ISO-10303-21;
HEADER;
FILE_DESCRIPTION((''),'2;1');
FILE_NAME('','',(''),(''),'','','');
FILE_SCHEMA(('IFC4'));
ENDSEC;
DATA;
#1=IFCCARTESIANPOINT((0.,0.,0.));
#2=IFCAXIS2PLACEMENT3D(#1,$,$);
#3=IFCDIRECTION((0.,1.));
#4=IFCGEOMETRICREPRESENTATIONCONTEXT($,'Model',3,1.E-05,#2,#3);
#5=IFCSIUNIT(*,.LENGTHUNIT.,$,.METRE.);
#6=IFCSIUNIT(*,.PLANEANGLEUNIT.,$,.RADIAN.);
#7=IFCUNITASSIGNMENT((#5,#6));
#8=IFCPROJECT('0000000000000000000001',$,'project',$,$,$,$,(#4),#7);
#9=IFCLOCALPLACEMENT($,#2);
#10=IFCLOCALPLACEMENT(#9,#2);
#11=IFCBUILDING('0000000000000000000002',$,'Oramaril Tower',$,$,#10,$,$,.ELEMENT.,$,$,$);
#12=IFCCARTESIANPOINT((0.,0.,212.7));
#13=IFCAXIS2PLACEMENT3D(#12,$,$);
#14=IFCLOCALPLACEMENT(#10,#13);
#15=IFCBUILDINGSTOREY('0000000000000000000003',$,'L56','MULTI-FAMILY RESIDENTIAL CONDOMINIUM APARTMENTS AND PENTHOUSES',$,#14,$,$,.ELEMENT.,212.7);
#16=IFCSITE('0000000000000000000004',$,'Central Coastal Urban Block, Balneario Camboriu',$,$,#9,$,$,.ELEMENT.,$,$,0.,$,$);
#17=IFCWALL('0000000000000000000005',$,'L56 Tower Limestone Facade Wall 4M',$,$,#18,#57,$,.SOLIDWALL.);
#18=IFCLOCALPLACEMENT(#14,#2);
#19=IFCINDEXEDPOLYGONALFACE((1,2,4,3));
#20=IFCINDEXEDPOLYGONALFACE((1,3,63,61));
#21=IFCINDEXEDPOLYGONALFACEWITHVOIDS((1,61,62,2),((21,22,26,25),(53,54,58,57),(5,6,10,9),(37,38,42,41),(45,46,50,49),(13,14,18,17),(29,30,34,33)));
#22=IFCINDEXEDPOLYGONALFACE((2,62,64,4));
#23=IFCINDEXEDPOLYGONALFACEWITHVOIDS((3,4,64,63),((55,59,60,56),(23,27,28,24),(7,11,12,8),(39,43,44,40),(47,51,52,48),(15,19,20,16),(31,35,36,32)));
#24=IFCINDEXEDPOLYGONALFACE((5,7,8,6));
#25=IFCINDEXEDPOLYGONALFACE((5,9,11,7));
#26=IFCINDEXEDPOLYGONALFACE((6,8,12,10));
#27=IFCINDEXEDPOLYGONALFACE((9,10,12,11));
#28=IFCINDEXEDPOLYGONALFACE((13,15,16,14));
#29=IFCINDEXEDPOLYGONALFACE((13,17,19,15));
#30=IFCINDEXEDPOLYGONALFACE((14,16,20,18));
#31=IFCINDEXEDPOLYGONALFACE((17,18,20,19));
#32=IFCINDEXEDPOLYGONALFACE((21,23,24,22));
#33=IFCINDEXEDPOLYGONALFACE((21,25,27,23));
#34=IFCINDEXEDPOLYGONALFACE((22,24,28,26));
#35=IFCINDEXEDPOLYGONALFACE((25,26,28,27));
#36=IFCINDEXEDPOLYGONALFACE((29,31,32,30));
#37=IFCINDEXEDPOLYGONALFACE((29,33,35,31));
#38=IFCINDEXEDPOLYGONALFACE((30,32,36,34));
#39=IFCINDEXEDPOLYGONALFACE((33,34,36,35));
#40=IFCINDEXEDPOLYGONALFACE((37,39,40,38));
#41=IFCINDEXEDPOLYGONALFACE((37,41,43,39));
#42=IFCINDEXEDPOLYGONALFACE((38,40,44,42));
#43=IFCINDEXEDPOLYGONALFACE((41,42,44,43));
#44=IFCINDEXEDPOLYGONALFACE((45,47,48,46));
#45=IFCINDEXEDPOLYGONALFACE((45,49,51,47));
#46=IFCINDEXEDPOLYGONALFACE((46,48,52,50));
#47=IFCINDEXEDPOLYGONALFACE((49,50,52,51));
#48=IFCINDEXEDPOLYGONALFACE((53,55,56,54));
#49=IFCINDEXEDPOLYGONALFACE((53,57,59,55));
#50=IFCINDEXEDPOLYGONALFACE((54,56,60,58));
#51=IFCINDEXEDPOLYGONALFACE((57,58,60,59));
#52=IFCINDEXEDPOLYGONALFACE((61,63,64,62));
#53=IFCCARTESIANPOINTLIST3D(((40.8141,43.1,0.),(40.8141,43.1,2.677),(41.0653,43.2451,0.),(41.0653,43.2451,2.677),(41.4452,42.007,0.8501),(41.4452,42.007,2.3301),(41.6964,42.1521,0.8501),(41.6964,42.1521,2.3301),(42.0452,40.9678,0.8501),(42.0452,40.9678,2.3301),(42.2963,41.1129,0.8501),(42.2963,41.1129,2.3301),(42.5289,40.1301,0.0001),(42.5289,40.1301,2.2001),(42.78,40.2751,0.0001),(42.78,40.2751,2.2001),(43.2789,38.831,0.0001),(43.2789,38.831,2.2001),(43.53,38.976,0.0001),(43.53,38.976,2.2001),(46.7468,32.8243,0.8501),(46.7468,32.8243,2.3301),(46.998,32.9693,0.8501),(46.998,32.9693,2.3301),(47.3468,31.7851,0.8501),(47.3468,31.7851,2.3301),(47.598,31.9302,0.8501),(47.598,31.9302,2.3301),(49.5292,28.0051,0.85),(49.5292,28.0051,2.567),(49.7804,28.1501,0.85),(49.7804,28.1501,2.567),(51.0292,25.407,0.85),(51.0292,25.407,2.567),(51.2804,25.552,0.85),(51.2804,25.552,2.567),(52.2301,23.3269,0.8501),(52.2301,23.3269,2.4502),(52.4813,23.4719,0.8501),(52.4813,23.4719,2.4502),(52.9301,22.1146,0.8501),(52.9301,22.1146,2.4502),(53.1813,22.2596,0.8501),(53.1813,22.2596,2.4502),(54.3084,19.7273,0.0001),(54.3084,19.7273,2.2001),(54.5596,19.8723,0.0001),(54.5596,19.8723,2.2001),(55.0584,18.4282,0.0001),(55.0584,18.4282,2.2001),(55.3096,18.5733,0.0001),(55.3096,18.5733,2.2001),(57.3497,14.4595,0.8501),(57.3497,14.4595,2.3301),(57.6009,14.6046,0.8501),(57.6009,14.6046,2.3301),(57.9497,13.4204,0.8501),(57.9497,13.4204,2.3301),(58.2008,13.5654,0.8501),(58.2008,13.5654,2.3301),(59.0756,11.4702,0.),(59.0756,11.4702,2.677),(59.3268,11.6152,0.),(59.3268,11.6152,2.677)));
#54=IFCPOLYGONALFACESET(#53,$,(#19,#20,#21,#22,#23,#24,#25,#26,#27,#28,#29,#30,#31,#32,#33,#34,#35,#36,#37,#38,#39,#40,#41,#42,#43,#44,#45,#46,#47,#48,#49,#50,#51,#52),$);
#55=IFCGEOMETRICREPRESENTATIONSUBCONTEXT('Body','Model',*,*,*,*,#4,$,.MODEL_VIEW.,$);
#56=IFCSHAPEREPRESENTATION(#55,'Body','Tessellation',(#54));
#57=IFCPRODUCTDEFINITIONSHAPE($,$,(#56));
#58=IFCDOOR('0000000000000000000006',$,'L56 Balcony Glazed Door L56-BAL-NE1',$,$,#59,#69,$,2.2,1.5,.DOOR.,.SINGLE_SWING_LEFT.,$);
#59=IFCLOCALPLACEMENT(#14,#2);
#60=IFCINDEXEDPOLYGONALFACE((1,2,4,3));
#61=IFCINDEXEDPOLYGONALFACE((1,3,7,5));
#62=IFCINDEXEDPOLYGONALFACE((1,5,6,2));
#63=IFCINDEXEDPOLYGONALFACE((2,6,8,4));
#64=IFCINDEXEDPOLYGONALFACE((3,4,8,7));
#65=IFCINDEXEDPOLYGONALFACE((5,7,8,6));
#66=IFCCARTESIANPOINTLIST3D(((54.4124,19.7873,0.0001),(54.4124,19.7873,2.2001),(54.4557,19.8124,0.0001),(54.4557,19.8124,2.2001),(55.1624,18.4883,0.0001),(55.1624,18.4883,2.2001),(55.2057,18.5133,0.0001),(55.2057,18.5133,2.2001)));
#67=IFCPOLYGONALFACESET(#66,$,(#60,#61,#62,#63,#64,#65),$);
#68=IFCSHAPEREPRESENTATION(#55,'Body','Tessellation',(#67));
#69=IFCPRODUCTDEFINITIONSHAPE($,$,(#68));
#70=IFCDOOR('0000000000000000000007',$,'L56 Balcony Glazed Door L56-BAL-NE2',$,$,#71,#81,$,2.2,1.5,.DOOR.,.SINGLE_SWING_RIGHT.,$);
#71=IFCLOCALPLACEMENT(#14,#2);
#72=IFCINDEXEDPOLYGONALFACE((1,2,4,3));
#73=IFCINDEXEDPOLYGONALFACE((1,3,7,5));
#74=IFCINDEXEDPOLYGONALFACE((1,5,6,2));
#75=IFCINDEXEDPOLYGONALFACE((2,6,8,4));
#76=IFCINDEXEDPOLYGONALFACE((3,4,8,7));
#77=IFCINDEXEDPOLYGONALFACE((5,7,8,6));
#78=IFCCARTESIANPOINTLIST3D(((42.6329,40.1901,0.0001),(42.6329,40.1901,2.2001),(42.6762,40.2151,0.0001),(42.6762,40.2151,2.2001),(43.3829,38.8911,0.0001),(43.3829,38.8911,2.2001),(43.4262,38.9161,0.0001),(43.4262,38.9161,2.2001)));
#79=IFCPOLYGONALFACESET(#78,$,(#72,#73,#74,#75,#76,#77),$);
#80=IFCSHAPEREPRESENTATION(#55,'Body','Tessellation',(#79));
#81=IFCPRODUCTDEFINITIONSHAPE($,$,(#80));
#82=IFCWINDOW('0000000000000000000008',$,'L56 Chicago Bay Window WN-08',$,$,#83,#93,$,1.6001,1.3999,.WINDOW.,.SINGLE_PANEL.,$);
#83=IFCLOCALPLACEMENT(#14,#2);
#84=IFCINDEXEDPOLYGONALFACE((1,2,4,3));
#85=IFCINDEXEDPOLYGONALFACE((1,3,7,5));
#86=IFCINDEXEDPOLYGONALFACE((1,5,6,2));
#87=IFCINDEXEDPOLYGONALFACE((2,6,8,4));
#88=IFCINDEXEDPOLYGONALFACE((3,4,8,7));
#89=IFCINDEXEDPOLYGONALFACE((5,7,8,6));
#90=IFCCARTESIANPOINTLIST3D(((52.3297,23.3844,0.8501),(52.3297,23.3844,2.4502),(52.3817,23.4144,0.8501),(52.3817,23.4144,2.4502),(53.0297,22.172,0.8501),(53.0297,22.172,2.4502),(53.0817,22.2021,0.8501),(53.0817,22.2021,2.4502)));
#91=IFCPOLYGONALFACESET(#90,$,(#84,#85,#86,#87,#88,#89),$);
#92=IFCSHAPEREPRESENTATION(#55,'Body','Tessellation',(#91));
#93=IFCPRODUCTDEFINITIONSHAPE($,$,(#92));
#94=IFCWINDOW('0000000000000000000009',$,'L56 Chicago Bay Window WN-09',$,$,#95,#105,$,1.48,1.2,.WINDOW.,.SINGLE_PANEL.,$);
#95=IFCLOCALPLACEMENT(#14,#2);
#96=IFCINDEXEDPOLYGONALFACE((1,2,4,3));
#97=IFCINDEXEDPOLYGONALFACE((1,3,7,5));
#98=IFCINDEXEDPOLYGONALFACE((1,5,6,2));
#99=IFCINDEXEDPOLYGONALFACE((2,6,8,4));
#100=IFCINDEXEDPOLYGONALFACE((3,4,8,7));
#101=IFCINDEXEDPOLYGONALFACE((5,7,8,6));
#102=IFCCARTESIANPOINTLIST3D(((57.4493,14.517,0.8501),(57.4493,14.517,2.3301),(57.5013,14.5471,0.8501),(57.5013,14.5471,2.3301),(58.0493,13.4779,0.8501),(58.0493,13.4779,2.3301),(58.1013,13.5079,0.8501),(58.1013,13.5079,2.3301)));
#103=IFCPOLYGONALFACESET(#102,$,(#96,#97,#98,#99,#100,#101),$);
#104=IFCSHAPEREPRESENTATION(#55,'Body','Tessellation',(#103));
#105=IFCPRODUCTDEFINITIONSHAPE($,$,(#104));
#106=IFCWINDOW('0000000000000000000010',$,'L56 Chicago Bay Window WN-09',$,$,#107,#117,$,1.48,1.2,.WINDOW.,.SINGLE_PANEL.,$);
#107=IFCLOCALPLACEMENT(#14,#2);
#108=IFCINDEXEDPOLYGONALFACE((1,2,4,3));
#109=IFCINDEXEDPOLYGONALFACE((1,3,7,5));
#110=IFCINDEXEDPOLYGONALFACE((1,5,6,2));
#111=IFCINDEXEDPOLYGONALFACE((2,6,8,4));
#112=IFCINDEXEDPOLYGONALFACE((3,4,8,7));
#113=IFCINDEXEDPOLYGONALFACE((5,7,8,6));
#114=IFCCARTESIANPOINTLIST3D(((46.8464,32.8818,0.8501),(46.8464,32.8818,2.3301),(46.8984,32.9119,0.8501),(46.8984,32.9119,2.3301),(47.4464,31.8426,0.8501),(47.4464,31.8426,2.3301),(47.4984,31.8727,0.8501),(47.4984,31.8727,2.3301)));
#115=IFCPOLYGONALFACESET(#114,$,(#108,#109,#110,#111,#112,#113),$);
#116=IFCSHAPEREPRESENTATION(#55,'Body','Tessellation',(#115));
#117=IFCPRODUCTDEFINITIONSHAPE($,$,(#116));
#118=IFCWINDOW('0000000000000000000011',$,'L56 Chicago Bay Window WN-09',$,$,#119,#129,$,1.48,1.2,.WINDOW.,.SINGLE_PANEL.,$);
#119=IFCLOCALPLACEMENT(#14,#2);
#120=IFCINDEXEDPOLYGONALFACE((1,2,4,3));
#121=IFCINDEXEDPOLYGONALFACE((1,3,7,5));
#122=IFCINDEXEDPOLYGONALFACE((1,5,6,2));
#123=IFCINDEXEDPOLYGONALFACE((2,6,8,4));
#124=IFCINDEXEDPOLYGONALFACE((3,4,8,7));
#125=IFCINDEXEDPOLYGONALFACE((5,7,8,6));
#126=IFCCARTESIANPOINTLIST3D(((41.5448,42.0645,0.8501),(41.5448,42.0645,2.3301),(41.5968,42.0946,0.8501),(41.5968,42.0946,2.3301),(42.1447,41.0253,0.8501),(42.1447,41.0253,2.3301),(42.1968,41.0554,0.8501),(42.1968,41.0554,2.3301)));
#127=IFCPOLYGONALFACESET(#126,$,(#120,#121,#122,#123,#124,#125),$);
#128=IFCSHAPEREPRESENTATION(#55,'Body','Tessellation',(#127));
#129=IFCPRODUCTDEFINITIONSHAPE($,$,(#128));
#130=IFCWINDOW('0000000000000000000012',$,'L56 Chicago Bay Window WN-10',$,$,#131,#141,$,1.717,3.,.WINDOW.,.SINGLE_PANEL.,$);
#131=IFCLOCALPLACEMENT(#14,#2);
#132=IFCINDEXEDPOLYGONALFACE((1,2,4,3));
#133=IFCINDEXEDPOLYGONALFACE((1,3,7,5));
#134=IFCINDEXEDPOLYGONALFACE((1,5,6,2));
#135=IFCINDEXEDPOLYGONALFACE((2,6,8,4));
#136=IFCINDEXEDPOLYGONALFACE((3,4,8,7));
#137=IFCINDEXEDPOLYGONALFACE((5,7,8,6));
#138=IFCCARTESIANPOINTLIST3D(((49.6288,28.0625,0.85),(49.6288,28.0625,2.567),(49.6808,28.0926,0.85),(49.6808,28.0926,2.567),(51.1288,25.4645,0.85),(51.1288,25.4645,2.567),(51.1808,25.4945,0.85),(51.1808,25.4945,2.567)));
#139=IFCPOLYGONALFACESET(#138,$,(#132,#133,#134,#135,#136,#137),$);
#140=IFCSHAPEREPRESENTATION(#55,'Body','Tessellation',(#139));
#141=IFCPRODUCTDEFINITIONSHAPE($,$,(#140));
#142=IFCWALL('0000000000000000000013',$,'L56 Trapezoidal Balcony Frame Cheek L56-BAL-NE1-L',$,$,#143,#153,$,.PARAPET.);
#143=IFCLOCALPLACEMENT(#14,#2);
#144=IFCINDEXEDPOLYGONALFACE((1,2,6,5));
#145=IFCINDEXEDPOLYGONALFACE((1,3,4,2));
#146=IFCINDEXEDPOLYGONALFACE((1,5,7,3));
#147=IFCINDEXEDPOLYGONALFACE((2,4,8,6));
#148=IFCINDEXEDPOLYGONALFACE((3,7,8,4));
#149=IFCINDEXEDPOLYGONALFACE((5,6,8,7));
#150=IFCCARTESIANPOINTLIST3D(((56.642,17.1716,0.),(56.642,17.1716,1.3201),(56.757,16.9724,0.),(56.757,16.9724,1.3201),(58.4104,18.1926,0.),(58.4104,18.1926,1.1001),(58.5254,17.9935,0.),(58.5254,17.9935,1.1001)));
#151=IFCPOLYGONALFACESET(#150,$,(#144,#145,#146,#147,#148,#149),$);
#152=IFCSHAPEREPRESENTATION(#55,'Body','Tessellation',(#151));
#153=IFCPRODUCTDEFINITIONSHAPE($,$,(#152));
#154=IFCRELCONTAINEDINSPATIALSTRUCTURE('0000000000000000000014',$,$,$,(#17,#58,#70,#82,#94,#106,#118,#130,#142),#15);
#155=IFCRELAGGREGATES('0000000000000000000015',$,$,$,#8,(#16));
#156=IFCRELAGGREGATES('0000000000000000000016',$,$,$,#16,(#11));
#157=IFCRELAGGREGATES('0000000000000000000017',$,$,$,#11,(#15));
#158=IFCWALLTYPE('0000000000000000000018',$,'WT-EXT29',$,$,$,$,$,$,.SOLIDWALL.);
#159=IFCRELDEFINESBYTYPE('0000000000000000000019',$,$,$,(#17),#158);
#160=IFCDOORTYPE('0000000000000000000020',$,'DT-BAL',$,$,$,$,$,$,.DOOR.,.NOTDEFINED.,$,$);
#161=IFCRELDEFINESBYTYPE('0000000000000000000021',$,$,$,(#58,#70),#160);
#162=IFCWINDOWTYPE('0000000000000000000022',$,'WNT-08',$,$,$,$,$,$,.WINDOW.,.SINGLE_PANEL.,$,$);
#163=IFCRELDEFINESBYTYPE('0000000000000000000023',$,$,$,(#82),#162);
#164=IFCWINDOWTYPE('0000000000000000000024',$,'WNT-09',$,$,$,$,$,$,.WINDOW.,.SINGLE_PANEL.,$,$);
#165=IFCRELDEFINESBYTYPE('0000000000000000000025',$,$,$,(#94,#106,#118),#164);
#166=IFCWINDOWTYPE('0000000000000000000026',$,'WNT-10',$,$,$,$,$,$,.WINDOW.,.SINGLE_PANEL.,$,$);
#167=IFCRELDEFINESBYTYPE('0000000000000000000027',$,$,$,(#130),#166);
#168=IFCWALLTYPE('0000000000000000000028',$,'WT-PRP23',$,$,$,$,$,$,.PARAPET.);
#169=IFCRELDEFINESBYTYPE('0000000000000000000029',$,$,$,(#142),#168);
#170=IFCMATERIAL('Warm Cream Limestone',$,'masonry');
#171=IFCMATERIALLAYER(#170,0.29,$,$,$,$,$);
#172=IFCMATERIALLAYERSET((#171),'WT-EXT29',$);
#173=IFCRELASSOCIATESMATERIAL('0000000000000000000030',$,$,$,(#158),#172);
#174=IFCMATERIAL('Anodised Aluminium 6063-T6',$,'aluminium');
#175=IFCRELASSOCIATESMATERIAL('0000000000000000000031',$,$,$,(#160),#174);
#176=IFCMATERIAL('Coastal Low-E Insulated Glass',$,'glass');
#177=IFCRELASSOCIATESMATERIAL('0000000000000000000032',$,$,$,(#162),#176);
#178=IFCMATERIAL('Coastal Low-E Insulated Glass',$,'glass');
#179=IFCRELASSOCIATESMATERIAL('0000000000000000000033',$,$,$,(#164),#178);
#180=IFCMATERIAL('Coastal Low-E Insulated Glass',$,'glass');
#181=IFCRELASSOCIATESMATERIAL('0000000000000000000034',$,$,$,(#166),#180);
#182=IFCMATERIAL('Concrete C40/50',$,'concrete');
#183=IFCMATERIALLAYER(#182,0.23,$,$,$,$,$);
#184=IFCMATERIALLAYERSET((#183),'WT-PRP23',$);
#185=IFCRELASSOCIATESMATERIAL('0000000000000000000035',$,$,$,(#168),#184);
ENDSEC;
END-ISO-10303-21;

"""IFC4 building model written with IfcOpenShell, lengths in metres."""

from ifc_helpers import new_model, si_unit, direction, frame, frame_2d, origin, place, context, subcontext, project, spatial, polyline, rectangle, outline, extrude, material, layer, layer_set, type_object, element, fill, save


model = new_model("IFC4")

# Units and contexts
model_context = context("Model", 3, precision=1e-05, world=origin(), true_north=direction((0.0, 1.0)))
body_context = subcontext(model_context, "Body", "Model", "MODEL_VIEW")
ifc_project = project(units=[si_unit("LENGTHUNIT", "METRE"), si_unit("PLANEANGLEUNIT", "RADIAN")], contexts=[model_context])

# Site, building, storey
site_placement = place(None, origin())
site = spatial("IfcSite", under=ifc_project, at=site_placement, Name="Central Coastal Urban Block, Balneario Camboriu", CompositionType="ELEMENT", RefElevation=0.0)
building_placement = place(site_placement, origin())
building = spatial("IfcBuilding", under=site, at=building_placement, Name="Oramaril Tower", CompositionType="ELEMENT")
storey_placement = place(building_placement, frame((0.0, 0.0, 212.7)))
storey = spatial("IfcBuildingStorey", under=building, at=storey_placement, Name="L56", Description="MULTI-FAMILY RESIDENTIAL CONDOMINIUM APARTMENTS AND PENTHOUSES", CompositionType="ELEMENT", Elevation=212.7)

# Wall, openings, doors, windows
ifc_material_1 = material(Name="Warm Cream Limestone", Category="masonry")
ifc_layer_1 = layer(ifc_material_1, 0.29)
ifc_layer_set_1 = layer_set([ifc_layer_1], Name="WT-EXT29")
wall_type_1 = type_object("IfcWallType", Name="WT-EXT29", PredefinedType="SOLIDWALL", material=ifc_layer_set_1)
wall_1_placement = place(storey_placement, frame((59.2012, 11.5427, 0.0), z_axis=(0.0, 0.0, 1.0), x_axis=(-0.499999, 0.866026, 0.0)))
wall_1 = element("IfcWall", 1, at=wall_1_placement, inside=storey, type_object=wall_type_1, Name="L56 Tower Limestone Facade Wall 4M", PredefinedType="SOLIDWALL", context=body_context, shape_type="SweptSolid", body=[
    extrude(rectangle(XDim=36.5229, YDim=0.29, at=frame_2d((18.2615, 0.0))), origin(), (0.0, 0.0, 1.0), 2.677),
])
opening_1_placement = place(wall_1_placement, frame((8.0344, 0.0, 0.0)))
opening_1 = element("IfcOpeningElement", 2, at=opening_1_placement, cuts=wall_1, PredefinedType="OPENING", context=body_context, shape_type="SweptSolid", body=[
    extrude(rectangle(XDim=1.5, YDim=2.2, at=frame_2d((0.75, 1.1001))), frame((0.0, 0.145, 0.0), z_axis=(0.0, -1.0, 0.0), x_axis=(1.0, 0.0, 0.0)), (0.0, 0.0, 1.0), 0.29),
])
opening_2_placement = place(wall_1_placement, frame((31.5935, 0.0, 0.0)))
opening_2 = element("IfcOpeningElement", 3, at=opening_2_placement, cuts=wall_1, PredefinedType="OPENING", context=body_context, shape_type="SweptSolid", body=[
    extrude(rectangle(XDim=1.5, YDim=2.2, at=frame_2d((0.75, 1.1001))), frame((0.0, 0.145, 0.0), z_axis=(0.0, -1.0, 0.0), x_axis=(1.0, 0.0, 0.0)), (0.0, 0.0, 1.0), 0.29),
])
opening_3_placement = place(wall_1_placement, frame((12.291, 0.0, 0.8501)))
opening_3 = element("IfcOpeningElement", 4, at=opening_3_placement, cuts=wall_1, PredefinedType="OPENING", context=body_context, shape_type="SweptSolid", body=[
    extrude(rectangle(XDim=1.3999, YDim=1.6001, at=frame_2d((0.7, 0.8))), frame((0.0, 0.145, 0.0), z_axis=(0.0, -1.0, 0.0), x_axis=(1.0, 0.0, 0.0)), (0.0, 0.0, 1.0), 0.29),
])
opening_4_placement = place(wall_1_placement, frame((2.2517, 0.0, 0.8501)))
opening_4 = element("IfcOpeningElement", 5, at=opening_4_placement, cuts=wall_1, PredefinedType="OPENING", context=body_context, shape_type="SweptSolid", body=[
    extrude(rectangle(XDim=1.2, YDim=1.48, at=frame_2d((0.6001, 0.74))), frame((0.0, 0.145, 0.0), z_axis=(0.0, -1.0, 0.0), x_axis=(1.0, 0.0, 0.0)), (0.0, 0.0, 1.0), 0.29),
])
opening_5_placement = place(wall_1_placement, frame((16.0928, 0.0, 0.8501)))
opening_5 = element("IfcOpeningElement", 6, at=opening_5_placement, cuts=wall_1, PredefinedType="OPENING", context=body_context, shape_type="SweptSolid", body=[
    extrude(rectangle(XDim=3.0, YDim=1.717, at=frame_2d((1.5, 0.8584))), frame((0.0, 0.145, 0.0), z_axis=(0.0, -1.0, 0.0), x_axis=(1.0, 0.0, 0.0)), (0.0, 0.0, 1.0), 0.29),
])
opening_6_placement = place(wall_1_placement, frame((23.4575, 0.0, 0.8501)))
opening_6 = element("IfcOpeningElement", 7, at=opening_6_placement, cuts=wall_1, PredefinedType="OPENING", context=body_context, shape_type="SweptSolid", body=[
    extrude(rectangle(XDim=1.2, YDim=1.48, at=frame_2d((0.6001, 0.74))), frame((0.0, 0.145, 0.0), z_axis=(0.0, -1.0, 0.0), x_axis=(1.0, 0.0, 0.0)), (0.0, 0.0, 1.0), 0.29),
])
opening_7_placement = place(wall_1_placement, frame((34.0608, 0.0, 0.8501)))
opening_7 = element("IfcOpeningElement", 8, at=opening_7_placement, cuts=wall_1, PredefinedType="OPENING", context=body_context, shape_type="SweptSolid", body=[
    extrude(rectangle(XDim=1.2, YDim=1.48, at=frame_2d((0.6001, 0.74))), frame((0.0, 0.145, 0.0), z_axis=(0.0, -1.0, 0.0), x_axis=(1.0, 0.0, 0.0)), (0.0, 0.0, 1.0), 0.29),
])
ifc_material_2 = material(Name="Anodised Aluminium 6063-T6", Category="aluminium")
door_type = type_object("IfcDoorType", Name="DT-BAL", OperationType="NOTDEFINED", PredefinedType="DOOR", material=ifc_material_2)
door_1_placement = place(opening_1_placement, origin())
door_1 = element("IfcDoor", 9, at=door_1_placement, inside=storey, type_object=door_type, Name="L56 Balcony Glazed Door L56-BAL-NE1", OperationType="SINGLE_SWING_LEFT", OverallHeight=2.2, OverallWidth=1.5, PredefinedType="DOOR", context=body_context, shape_type="SweptSolid", body=[
    extrude(rectangle(XDim=1.5, YDim=2.2, at=frame_2d((0.75, 1.1001))), frame((0.0, 0.0249, 0.0), z_axis=(0.0, -1.0, 0.0), x_axis=(1.0, 0.0, 0.0)), (0.0, 0.0, 1.0), 0.05),
])
fill(opening_1, door_1)
door_2_placement = place(opening_2_placement, origin())
door_2 = element("IfcDoor", 10, at=door_2_placement, inside=storey, type_object=door_type, Name="L56 Balcony Glazed Door L56-BAL-NE2", OperationType="SINGLE_SWING_RIGHT", OverallHeight=2.2, OverallWidth=1.5, PredefinedType="DOOR", context=body_context, shape_type="SweptSolid", body=[
    extrude(rectangle(XDim=1.5, YDim=2.2, at=frame_2d((0.75, 1.1001))), frame((0.0, 0.0249, 0.0), z_axis=(0.0, -1.0, 0.0), x_axis=(1.0, 0.0, 0.0)), (0.0, 0.0, 1.0), 0.05),
])
fill(opening_2, door_2)
ifc_material_3 = material(Name="Coastal Low-E Insulated Glass", Category="glass")
window_type_1 = type_object("IfcWindowType", Name="WNT-08", PartitioningType="SINGLE_PANEL", PredefinedType="WINDOW", material=ifc_material_3)
window_1_placement = place(opening_3_placement, origin())
window_1 = element("IfcWindow", 11, at=window_1_placement, inside=storey, type_object=window_type_1, Name="L56 Chicago Bay Window WN-08", OverallHeight=1.6001, OverallWidth=1.3999, PartitioningType="SINGLE_PANEL", PredefinedType="WINDOW", context=body_context, shape_type="SweptSolid", body=[
    extrude(rectangle(XDim=1.3999, YDim=1.6001, at=frame_2d((0.7, 0.8))), frame((0.0, 0.03, 0.0), z_axis=(0.0, -1.0, 0.0), x_axis=(1.0, 0.0, 0.0)), (0.0, 0.0, 1.0), 0.0601),
])
fill(opening_3, window_1)
ifc_material_4 = material(Name="Coastal Low-E Insulated Glass", Category="glass")
window_type_2 = type_object("IfcWindowType", Name="WNT-09", PartitioningType="SINGLE_PANEL", PredefinedType="WINDOW", material=ifc_material_4)
window_2_placement = place(opening_4_placement, origin())
window_2 = element("IfcWindow", 12, at=window_2_placement, inside=storey, type_object=window_type_2, Name="L56 Chicago Bay Window WN-09", OverallHeight=1.48, OverallWidth=1.2, PartitioningType="SINGLE_PANEL", PredefinedType="WINDOW", context=body_context, shape_type="SweptSolid", body=[
    extrude(rectangle(XDim=1.2, YDim=1.48, at=frame_2d((0.6001, 0.74))), frame((0.0, 0.03, 0.0), z_axis=(0.0, -1.0, 0.0), x_axis=(1.0, 0.0, 0.0)), (0.0, 0.0, 1.0), 0.0601),
])
fill(opening_4, window_2)
window_3_placement = place(opening_6_placement, origin())
window_3 = element("IfcWindow", 13, at=window_3_placement, inside=storey, type_object=window_type_2, Name="L56 Chicago Bay Window WN-09", OverallHeight=1.48, OverallWidth=1.2, PartitioningType="SINGLE_PANEL", PredefinedType="WINDOW", context=body_context, shape_type="SweptSolid", body=[
    extrude(rectangle(XDim=1.2, YDim=1.48, at=frame_2d((0.6001, 0.74))), frame((0.0, 0.03, 0.0), z_axis=(0.0, -1.0, 0.0), x_axis=(1.0, 0.0, 0.0)), (0.0, 0.0, 1.0), 0.0601),
])
fill(opening_6, window_3)
window_4_placement = place(opening_7_placement, origin())
window_4 = element("IfcWindow", 14, at=window_4_placement, inside=storey, type_object=window_type_2, Name="L56 Chicago Bay Window WN-09", OverallHeight=1.48, OverallWidth=1.2, PartitioningType="SINGLE_PANEL", PredefinedType="WINDOW", context=body_context, shape_type="SweptSolid", body=[
    extrude(rectangle(XDim=1.2, YDim=1.48, at=frame_2d((0.6001, 0.74))), frame((0.0, 0.03, 0.0), z_axis=(0.0, -1.0, 0.0), x_axis=(1.0, 0.0, 0.0)), (0.0, 0.0, 1.0), 0.0601),
])
fill(opening_7, window_4)
ifc_material_5 = material(Name="Coastal Low-E Insulated Glass", Category="glass")
window_type_3 = type_object("IfcWindowType", Name="WNT-10", PartitioningType="SINGLE_PANEL", PredefinedType="WINDOW", material=ifc_material_5)
window_5_placement = place(opening_5_placement, origin())
window_5 = element("IfcWindow", 15, at=window_5_placement, inside=storey, type_object=window_type_3, Name="L56 Chicago Bay Window WN-10", OverallHeight=1.717, OverallWidth=3.0, PartitioningType="SINGLE_PANEL", PredefinedType="WINDOW", context=body_context, shape_type="SweptSolid", body=[
    extrude(rectangle(XDim=3.0, YDim=1.717, at=frame_2d((1.5, 0.8584))), frame((0.0, 0.03, 0.0), z_axis=(0.0, -1.0, 0.0), x_axis=(1.0, 0.0, 0.0)), (0.0, 0.0, 1.0), 0.0601),
])
fill(opening_5, window_5)

# Wall
ifc_material_6 = material(Name="Concrete C40/50", Category="concrete")
ifc_layer_2 = layer(ifc_material_6, 0.23)
ifc_layer_set_2 = layer_set([ifc_layer_2], Name="WT-PRP23")
wall_type_2 = type_object("IfcWallType", Name="WT-PRP23", PredefinedType="PARAPET", material=ifc_layer_set_2)
wall_2_placement = place(storey_placement, frame((56.6995, 17.072, 0.0), z_axis=(0.0, 0.0, 1.0), x_axis=(0.866012, 0.500023, 0.0)))
element("IfcWall", 16, at=wall_2_placement, inside=storey, type_object=wall_type_2, Name="L56 Trapezoidal Balcony Frame Cheek L56-BAL-NE1-L", PredefinedType="PARAPET", context=body_context, shape_type="SweptSolid", body=[
    extrude(outline(polyline([(0.0, 0.0), (2.042, 0.0), (2.042, 1.1001), (0.0, 1.3201), (0.0, 0.0)])), frame((0.0, 0.115, 0.0), z_axis=(0.0, -1.0, 0.0), x_axis=(1.0, 0.0, 0.0)), (0.0, 0.0, 1.0), 0.23),
])

save(model, "model.ifc")
